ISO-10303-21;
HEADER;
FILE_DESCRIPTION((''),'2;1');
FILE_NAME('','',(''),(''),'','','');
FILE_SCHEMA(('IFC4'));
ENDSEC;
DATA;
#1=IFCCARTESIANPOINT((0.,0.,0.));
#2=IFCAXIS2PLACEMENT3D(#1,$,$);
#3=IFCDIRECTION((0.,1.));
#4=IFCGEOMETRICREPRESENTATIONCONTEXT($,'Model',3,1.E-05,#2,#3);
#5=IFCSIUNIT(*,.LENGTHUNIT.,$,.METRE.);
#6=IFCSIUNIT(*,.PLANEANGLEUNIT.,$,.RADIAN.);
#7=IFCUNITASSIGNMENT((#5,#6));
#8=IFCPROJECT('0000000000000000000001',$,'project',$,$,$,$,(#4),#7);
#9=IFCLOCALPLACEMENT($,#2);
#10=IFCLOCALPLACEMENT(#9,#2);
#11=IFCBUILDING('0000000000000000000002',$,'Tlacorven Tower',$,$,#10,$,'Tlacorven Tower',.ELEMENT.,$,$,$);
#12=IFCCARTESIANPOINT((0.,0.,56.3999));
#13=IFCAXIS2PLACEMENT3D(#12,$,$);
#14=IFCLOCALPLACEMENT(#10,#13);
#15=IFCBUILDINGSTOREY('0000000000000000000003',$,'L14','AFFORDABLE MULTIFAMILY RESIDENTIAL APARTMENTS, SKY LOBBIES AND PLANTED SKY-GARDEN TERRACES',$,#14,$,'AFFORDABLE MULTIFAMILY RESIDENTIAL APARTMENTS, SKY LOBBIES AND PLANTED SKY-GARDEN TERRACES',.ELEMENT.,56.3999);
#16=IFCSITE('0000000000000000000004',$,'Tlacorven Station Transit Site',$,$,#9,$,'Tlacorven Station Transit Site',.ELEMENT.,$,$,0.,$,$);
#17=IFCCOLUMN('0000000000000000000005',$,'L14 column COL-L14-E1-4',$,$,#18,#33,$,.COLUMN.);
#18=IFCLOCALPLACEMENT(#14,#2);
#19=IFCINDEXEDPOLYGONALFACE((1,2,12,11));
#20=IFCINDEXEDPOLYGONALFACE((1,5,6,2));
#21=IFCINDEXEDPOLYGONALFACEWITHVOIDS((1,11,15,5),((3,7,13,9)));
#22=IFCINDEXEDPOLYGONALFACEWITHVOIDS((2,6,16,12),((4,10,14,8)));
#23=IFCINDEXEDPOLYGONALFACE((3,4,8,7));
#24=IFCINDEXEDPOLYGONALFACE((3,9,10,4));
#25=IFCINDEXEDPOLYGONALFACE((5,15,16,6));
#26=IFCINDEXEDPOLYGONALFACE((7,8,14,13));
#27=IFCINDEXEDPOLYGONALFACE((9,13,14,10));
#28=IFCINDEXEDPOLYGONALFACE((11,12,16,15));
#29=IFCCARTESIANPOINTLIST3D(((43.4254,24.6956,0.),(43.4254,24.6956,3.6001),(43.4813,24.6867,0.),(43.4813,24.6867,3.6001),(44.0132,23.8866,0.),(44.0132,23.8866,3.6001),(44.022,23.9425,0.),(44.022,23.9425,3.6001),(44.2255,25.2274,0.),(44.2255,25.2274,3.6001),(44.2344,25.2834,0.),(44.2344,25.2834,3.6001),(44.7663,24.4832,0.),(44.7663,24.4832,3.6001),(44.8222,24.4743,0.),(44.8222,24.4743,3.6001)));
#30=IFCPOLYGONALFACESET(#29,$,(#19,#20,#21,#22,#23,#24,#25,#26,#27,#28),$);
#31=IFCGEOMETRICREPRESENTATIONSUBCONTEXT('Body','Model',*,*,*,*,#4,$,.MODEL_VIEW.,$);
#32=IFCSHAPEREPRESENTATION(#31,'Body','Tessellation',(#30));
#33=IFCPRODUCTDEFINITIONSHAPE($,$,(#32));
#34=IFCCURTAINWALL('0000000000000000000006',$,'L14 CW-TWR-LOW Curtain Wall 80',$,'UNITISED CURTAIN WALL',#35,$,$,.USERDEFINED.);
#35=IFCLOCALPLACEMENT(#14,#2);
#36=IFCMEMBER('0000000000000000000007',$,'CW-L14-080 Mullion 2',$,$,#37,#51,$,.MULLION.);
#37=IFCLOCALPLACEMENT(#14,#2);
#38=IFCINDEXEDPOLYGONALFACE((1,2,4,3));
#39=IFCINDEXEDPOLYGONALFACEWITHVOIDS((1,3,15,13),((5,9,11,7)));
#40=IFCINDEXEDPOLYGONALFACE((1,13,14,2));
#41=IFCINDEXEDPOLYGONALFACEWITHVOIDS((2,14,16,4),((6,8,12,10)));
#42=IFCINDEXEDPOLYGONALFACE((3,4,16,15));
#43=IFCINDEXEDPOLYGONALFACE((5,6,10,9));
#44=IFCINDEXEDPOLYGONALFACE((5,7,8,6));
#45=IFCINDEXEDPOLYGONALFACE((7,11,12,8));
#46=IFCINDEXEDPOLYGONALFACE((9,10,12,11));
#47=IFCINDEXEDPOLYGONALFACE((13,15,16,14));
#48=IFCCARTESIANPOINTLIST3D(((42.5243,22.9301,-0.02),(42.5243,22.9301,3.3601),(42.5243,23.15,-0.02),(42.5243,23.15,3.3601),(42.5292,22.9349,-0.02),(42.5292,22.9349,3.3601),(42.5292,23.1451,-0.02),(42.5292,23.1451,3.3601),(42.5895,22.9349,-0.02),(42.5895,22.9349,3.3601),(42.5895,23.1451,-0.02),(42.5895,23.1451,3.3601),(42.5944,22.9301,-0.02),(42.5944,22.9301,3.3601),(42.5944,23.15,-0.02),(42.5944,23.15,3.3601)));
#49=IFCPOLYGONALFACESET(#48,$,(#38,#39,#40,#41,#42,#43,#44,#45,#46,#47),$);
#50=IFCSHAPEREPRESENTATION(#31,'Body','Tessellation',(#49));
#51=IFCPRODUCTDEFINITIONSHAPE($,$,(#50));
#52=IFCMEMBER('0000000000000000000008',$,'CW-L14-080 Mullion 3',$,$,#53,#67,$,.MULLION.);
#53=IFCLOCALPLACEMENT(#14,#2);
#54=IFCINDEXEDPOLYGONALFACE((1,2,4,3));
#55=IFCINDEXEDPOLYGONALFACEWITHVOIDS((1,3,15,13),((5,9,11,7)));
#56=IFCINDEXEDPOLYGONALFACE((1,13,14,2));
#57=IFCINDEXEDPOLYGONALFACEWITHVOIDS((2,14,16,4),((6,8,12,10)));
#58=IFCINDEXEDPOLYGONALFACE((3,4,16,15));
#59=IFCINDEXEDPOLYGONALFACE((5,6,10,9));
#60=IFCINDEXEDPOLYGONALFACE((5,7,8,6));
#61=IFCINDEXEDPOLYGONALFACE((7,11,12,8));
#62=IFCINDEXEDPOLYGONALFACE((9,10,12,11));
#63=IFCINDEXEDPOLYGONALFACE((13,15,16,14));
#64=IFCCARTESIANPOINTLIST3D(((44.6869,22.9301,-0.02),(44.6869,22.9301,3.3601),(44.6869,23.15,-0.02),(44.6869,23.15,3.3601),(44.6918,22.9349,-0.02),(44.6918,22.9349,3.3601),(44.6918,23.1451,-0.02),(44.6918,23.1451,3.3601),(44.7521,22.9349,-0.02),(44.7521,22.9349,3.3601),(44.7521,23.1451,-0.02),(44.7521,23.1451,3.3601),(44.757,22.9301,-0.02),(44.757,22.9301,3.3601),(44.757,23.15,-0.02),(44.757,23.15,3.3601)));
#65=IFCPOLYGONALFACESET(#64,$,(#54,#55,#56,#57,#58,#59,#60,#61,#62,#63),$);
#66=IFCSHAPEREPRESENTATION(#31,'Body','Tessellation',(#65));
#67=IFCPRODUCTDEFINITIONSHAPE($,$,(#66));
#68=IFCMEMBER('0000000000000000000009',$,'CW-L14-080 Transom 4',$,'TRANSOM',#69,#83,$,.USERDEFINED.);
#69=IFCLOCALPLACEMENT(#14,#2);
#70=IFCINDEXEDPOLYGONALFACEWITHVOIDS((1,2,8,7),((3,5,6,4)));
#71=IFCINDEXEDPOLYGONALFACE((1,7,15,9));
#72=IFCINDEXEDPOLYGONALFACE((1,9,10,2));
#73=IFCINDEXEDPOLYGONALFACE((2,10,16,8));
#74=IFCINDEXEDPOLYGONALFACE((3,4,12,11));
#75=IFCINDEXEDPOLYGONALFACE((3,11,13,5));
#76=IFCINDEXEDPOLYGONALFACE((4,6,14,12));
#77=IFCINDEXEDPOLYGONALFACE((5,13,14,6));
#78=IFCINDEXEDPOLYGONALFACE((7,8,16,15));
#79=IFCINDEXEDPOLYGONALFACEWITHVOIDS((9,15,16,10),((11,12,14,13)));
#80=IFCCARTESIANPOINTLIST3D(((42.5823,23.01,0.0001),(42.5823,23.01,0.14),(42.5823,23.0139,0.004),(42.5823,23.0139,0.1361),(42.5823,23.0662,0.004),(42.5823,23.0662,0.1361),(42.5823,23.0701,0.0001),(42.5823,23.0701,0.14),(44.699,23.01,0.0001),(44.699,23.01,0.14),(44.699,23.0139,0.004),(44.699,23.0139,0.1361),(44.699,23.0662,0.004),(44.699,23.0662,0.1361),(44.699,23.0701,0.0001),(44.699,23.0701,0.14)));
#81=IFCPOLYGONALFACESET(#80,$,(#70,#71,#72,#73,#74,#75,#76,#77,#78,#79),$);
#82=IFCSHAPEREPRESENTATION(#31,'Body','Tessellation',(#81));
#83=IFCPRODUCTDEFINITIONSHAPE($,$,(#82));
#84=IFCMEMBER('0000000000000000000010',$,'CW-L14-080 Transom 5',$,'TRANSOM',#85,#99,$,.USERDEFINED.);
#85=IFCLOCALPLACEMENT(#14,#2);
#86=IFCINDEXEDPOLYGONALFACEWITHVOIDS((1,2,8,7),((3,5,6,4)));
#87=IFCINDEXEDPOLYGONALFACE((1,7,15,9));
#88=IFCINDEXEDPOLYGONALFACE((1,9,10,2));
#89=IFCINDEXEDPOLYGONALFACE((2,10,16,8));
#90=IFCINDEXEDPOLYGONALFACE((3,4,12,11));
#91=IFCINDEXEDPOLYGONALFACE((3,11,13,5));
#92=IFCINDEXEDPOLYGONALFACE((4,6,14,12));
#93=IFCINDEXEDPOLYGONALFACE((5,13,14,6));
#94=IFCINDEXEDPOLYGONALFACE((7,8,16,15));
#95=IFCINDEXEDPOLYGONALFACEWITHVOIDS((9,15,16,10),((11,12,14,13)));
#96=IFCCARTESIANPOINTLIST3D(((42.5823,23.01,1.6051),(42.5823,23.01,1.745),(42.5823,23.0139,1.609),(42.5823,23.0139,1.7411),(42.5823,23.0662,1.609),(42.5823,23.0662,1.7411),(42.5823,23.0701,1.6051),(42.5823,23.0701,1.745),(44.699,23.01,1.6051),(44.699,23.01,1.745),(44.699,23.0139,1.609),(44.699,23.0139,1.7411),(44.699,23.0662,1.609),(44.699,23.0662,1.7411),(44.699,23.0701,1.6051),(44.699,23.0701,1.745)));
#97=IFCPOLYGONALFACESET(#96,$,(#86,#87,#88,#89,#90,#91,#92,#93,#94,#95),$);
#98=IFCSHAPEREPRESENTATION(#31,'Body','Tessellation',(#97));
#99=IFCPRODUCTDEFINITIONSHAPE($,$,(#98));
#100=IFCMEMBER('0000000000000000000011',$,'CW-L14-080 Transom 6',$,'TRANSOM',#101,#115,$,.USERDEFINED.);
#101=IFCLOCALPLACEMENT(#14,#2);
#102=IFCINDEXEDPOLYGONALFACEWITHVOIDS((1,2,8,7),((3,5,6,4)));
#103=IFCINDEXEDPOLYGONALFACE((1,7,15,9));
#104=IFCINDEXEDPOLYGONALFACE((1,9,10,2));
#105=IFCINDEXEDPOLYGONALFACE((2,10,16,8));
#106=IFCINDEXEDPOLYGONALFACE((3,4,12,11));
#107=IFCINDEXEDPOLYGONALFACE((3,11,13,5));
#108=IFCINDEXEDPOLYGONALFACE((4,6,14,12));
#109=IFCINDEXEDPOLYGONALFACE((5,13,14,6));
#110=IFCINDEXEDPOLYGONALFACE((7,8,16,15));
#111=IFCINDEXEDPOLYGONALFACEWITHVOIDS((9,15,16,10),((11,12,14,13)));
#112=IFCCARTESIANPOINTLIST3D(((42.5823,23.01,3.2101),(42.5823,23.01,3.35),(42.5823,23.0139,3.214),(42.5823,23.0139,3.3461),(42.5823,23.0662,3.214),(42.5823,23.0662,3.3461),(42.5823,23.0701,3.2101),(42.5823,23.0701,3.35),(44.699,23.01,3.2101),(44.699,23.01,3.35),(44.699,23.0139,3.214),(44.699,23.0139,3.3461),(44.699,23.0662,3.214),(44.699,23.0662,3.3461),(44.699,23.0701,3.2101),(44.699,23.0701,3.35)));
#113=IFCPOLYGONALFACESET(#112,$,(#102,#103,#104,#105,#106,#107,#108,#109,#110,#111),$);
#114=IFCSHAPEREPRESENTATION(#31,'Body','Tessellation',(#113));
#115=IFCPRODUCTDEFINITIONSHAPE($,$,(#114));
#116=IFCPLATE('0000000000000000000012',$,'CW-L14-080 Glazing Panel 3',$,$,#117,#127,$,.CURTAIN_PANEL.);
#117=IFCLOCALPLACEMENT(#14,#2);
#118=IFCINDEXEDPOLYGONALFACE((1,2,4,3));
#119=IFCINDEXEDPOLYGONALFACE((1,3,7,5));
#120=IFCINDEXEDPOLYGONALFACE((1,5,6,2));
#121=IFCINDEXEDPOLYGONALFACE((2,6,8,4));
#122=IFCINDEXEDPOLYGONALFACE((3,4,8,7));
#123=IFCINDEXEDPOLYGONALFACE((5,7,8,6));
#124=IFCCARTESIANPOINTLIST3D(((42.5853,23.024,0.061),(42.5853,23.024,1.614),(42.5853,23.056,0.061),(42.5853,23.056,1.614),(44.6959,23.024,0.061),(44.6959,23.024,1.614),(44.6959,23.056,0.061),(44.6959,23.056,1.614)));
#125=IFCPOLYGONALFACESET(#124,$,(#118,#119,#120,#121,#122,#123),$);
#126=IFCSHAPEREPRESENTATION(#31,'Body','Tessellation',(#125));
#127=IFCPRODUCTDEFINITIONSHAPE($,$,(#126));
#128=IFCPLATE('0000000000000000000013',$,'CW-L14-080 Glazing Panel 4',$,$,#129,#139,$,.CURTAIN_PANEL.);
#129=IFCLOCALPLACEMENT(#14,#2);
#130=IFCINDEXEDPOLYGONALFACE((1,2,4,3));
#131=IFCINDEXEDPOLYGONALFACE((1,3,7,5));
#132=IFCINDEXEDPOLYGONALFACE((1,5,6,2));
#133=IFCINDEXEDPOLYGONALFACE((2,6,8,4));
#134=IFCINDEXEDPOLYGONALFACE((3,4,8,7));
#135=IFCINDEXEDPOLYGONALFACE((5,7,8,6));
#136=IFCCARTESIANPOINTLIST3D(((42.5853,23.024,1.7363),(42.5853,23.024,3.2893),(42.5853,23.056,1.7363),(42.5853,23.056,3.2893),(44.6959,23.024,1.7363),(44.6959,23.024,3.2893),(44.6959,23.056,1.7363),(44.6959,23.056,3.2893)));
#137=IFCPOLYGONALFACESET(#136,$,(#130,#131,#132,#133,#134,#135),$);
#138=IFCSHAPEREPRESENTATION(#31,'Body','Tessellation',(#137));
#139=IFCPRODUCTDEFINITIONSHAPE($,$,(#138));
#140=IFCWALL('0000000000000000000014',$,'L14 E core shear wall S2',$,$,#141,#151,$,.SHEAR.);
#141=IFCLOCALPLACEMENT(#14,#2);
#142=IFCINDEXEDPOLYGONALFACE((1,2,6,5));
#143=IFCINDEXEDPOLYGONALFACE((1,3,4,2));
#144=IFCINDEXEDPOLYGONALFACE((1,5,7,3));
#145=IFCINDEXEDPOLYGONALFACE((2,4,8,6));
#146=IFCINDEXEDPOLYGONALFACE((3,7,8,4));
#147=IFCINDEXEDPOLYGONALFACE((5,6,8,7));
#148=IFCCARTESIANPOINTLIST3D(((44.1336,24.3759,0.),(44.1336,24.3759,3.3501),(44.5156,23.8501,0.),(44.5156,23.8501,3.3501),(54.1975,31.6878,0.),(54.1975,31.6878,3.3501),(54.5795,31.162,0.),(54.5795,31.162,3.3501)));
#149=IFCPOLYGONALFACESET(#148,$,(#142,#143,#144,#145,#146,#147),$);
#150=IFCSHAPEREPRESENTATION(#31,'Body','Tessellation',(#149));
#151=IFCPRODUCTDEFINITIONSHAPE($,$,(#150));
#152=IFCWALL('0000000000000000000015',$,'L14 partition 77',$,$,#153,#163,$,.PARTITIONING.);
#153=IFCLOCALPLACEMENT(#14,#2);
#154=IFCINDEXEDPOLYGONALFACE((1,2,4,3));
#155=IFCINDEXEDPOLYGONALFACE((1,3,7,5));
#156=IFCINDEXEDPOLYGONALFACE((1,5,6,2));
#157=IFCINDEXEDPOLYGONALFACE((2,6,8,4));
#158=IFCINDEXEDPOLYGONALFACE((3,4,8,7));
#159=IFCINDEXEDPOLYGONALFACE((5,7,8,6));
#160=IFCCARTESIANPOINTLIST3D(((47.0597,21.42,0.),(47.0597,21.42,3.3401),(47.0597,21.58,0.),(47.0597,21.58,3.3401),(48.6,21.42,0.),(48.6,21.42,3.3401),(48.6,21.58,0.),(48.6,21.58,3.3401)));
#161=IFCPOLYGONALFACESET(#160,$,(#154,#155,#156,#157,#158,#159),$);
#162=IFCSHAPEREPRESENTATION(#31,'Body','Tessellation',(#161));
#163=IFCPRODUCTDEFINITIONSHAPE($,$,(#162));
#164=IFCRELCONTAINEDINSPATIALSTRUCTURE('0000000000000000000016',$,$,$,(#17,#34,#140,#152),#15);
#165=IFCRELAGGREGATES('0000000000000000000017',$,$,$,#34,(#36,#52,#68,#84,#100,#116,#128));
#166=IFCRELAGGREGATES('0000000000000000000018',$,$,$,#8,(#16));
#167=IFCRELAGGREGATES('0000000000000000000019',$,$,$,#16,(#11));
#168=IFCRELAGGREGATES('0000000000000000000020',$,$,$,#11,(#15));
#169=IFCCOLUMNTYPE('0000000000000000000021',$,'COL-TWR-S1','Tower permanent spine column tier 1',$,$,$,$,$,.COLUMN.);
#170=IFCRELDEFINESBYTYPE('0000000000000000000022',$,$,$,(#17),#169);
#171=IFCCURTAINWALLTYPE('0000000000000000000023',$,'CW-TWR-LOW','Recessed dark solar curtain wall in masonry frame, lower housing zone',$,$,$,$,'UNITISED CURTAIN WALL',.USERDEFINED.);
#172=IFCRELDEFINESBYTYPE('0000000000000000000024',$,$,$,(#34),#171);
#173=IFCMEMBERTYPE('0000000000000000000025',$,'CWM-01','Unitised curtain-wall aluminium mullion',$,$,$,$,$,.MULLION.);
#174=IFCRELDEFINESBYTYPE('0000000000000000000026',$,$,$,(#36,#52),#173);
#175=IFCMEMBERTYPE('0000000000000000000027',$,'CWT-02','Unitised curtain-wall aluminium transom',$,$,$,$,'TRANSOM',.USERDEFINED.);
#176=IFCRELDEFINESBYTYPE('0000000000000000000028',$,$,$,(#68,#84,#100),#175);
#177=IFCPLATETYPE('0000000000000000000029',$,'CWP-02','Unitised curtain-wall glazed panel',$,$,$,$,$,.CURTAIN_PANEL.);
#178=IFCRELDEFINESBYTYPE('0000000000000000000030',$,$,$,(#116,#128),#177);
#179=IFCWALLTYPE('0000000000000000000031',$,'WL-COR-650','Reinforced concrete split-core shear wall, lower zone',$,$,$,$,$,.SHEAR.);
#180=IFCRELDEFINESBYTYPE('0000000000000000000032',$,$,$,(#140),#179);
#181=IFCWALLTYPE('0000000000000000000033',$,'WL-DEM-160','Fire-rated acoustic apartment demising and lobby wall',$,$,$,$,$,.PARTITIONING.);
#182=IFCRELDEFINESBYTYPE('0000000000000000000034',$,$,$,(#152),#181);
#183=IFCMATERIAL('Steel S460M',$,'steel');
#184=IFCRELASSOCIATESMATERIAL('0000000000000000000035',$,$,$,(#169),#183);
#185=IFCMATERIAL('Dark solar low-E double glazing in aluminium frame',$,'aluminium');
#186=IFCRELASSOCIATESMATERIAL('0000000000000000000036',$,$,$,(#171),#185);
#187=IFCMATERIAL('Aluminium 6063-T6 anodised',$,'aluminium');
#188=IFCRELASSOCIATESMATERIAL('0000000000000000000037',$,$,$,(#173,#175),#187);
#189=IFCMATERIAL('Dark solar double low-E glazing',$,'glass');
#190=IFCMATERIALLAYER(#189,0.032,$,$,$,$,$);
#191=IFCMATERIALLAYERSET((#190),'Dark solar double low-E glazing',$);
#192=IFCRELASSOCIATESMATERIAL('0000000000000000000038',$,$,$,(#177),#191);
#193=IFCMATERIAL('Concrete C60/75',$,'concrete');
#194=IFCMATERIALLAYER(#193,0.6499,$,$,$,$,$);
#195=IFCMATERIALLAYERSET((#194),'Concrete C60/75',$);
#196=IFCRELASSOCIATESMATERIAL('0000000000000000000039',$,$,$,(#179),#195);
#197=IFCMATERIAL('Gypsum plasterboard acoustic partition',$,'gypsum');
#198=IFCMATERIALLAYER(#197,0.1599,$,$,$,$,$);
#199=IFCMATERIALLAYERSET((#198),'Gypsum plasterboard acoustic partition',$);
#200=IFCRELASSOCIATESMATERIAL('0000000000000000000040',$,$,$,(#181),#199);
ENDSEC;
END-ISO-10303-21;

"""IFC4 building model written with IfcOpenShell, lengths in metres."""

from ifc_helpers import new_model, si_unit, direction, frame, frame_2d, origin, origin_2d, place, context, subcontext, project, spatial, rectangle, hollow_rectangle, extrude, source, transform, mapped, material, layer, layer_set, material_profile, profile_set, type_object, element, aggregate, save


model = new_model("IFC4")

# Units and contexts
model_context = context("Model", 3, precision=1e-05, world=origin(), true_north=direction((0.0, 1.0)))
body_context = subcontext(model_context, "Body", "Model", "MODEL_VIEW")
ifc_project = project(units=[si_unit("LENGTHUNIT", "METRE"), si_unit("PLANEANGLEUNIT", "RADIAN")], contexts=[model_context])

# Site, building, storey
site_placement = place(None, origin())
site = spatial("IfcSite", under=ifc_project, at=site_placement, Name="Tlacorven Station Transit Site", LongName="Tlacorven Station Transit Site", CompositionType="ELEMENT", RefElevation=0.0)
building_placement = place(site_placement, origin())
building = spatial("IfcBuilding", under=site, at=building_placement, Name="Tlacorven Tower", LongName="Tlacorven Tower", CompositionType="ELEMENT")
storey_placement = place(building_placement, frame((0.0, 0.0, 56.3999)))
storey = spatial("IfcBuildingStorey", under=building, at=storey_placement, Name="L14", Description="AFFORDABLE MULTIFAMILY RESIDENTIAL APARTMENTS, SKY LOBBIES AND PLANTED SKY-GARDEN TERRACES", LongName="AFFORDABLE MULTIFAMILY RESIDENTIAL APARTMENTS, SKY LOBBIES AND PLANTED SKY-GARDEN TERRACES", CompositionType="ELEMENT", Elevation=56.3999)

# Column
ifc_material_1 = material(Name="Steel S460M", Category="steel")
ifc_material_profile_1 = material_profile(ifc_material_1, hollow_rectangle(XDim=1.0, YDim=1.0, WallThickness=0.04, at=origin_2d()), Name="BOX 1000X1000X40")
ifc_profile_set_1 = profile_set([ifc_material_profile_1], Name="Steel S460M")
column_type = type_object("IfcColumnType", Name="COL-TWR-S1", Description="Tower permanent spine column tier 1", PredefinedType="COLUMN", material=ifc_profile_set_1)
shared_shape_1 = source(origin(), body_context, "Body", "SweptSolid", [
    extrude(hollow_rectangle(XDim=1.0, YDim=1.0, WallThickness=0.04, at=origin_2d()), origin(), (0.0, 0.0, 1.0), 3.6001),
])
column_placement = place(storey_placement, frame((44.1238, 24.585, 0.0), z_axis=(0.0, 0.0, 1.0), x_axis=(0.809017, 0.587785, 0.0)))
element("IfcColumn", 1, at=column_placement, inside=storey, type_object=column_type, Name="L14 column COL-L14-E1-4", PredefinedType="COLUMN", context=body_context, shape_type="MappedRepresentation", body=[
    mapped(shared_shape_1, transform((0.0, 0.0, 0.0), scale=1.0)),
])

# Curtain wall, members, plates
ifc_material_2 = material(Name="Dark solar low-E double glazing in aluminium frame", Category="aluminium")
curtain_wall_type = type_object("IfcCurtainWallType", Name="CW-TWR-LOW", Description="Recessed dark solar curtain wall in masonry frame, lower housing zone", ElementType="UNITISED CURTAIN WALL", PredefinedType="USERDEFINED", material=ifc_material_2)
curtain_wall_placement = place(storey_placement, origin())
curtain_wall = element("IfcCurtainWall", 2, at=curtain_wall_placement, inside=storey, type_object=curtain_wall_type, Name="L14 CW-TWR-LOW Curtain Wall 80", ObjectType="UNITISED CURTAIN WALL", PredefinedType="USERDEFINED")
ifc_material_3 = material(Name="Aluminium 6063-T6 anodised", Category="aluminium")
ifc_material_profile_2 = material_profile(ifc_material_3, hollow_rectangle(XDim=0.0701, YDim=0.22, WallThickness=0.0049, at=origin_2d()), Name="ALU MULLION 70X220")
ifc_profile_set_2 = profile_set([ifc_material_profile_2], Name="Aluminium 6063-T6 anodised")
member_type_1 = type_object("IfcMemberType", Name="CWM-01", Description="Unitised curtain-wall aluminium mullion", PredefinedType="MULLION", material=ifc_profile_set_2)
shared_shape_2 = source(origin(), body_context, "Body", "SweptSolid", [
    extrude(hollow_rectangle(XDim=0.0701, YDim=0.22, WallThickness=0.0049, at=origin_2d()), origin(), (0.0, 0.0, 1.0), 3.3801),
])
member_1_placement = place(storey_placement, frame((42.5593, 23.04, -0.02), z_axis=(0.0, 0.0, 1.0), x_axis=(1.0, 0.0, 0.0)))
member_1 = element("IfcMember", 3, at=member_1_placement, type_object=member_type_1, Name="CW-L14-080 Mullion 2", PredefinedType="MULLION", context=body_context, shape_type="MappedRepresentation", body=[
    mapped(shared_shape_2, transform((0.0, 0.0, 0.0), scale=1.0)),
])
member_2_placement = place(storey_placement, frame((44.7219, 23.04, -0.02), z_axis=(0.0, 0.0, 1.0), x_axis=(1.0, 0.0, 0.0)))
member_2 = element("IfcMember", 4, at=member_2_placement, type_object=member_type_1, Name="CW-L14-080 Mullion 3", PredefinedType="MULLION", context=body_context, shape_type="MappedRepresentation", body=[
    mapped(shared_shape_2, transform((0.0, 0.0, 0.0), scale=1.0)),
])
ifc_material_profile_3 = material_profile(ifc_material_3, hollow_rectangle(XDim=0.0601, YDim=0.1399, WallThickness=0.0039, at=origin_2d()), Name="ALU TRANSOM 60X140")
ifc_profile_set_3 = profile_set([ifc_material_profile_3], Name="Aluminium 6063-T6 anodised")
member_type_2 = type_object("IfcMemberType", Name="CWT-02", Description="Unitised curtain-wall aluminium transom", ElementType="TRANSOM", PredefinedType="USERDEFINED", material=ifc_profile_set_3)
shared_shape_3 = source(origin(), body_context, "Body", "SweptSolid", [
    extrude(hollow_rectangle(XDim=0.0601, YDim=0.1399, WallThickness=0.0039, at=origin_2d()), origin(), (0.0, 0.0, 1.0), 2.1167),
])
member_3_placement = place(storey_placement, frame((42.5823, 23.04, 0.0701), z_axis=(1.0, 0.0, 0.0), x_axis=(0.0, 1.0, 0.0)))
member_3 = element("IfcMember", 5, at=member_3_placement, type_object=member_type_2, Name="CW-L14-080 Transom 4", ObjectType="TRANSOM", PredefinedType="USERDEFINED", context=body_context, shape_type="MappedRepresentation", body=[
    mapped(shared_shape_3, transform((0.0, 0.0, 0.0), scale=1.0)),
])
member_4_placement = place(storey_placement, frame((42.5823, 23.04, 1.675), z_axis=(1.0, 0.0, 0.0), x_axis=(0.0, 1.0, 0.0)))
member_4 = element("IfcMember", 6, at=member_4_placement, type_object=member_type_2, Name="CW-L14-080 Transom 5", ObjectType="TRANSOM", PredefinedType="USERDEFINED", context=body_context, shape_type="MappedRepresentation", body=[
    mapped(shared_shape_3, transform((0.0, 0.0, 0.0), scale=1.0)),
])
member_5_placement = place(storey_placement, frame((42.5823, 23.04, 3.28), z_axis=(1.0, 0.0, 0.0), x_axis=(0.0, 1.0, 0.0)))
member_5 = element("IfcMember", 7, at=member_5_placement, type_object=member_type_2, Name="CW-L14-080 Transom 6", ObjectType="TRANSOM", PredefinedType="USERDEFINED", context=body_context, shape_type="MappedRepresentation", body=[
    mapped(shared_shape_3, transform((0.0, 0.0, 0.0), scale=1.0)),
])
ifc_material_4 = material(Name="Dark solar double low-E glazing", Category="glass")
ifc_layer_1 = layer(ifc_material_4, 0.032)
ifc_layer_set_1 = layer_set([ifc_layer_1], Name="Dark solar double low-E glazing")
plate_type = type_object("IfcPlateType", Name="CWP-02", Description="Unitised curtain-wall glazed panel", PredefinedType="CURTAIN_PANEL", material=ifc_layer_set_1)
shared_shape_4 = source(origin(), body_context, "Body", "SweptSolid", [
    extrude(rectangle(XDim=2.1106, YDim=0.032, at=origin_2d()), origin(), (0.0, 0.0, 1.0), 1.553),
])
plate_1_placement = place(storey_placement, frame((43.6406, 23.04, 0.061), z_axis=(0.0, 0.0, 1.0), x_axis=(1.0, 0.0, 0.0)))
plate_1 = element("IfcPlate", 8, at=plate_1_placement, type_object=plate_type, Name="CW-L14-080 Glazing Panel 3", PredefinedType="CURTAIN_PANEL", context=body_context, shape_type="MappedRepresentation", body=[
    mapped(shared_shape_4, transform((0.0, 0.0, 0.0), scale=1.0)),
])
plate_2_placement = place(storey_placement, frame((43.6406, 23.04, 1.7363), z_axis=(0.0, 0.0, 1.0), x_axis=(1.0, 0.0, 0.0)))
plate_2 = element("IfcPlate", 9, at=plate_2_placement, type_object=plate_type, Name="CW-L14-080 Glazing Panel 4", PredefinedType="CURTAIN_PANEL", context=body_context, shape_type="MappedRepresentation", body=[
    mapped(shared_shape_4, transform((0.0, 0.0, 0.0), scale=1.0)),
])
aggregate(curtain_wall, [member_1, member_2, member_3, member_4, member_5, plate_1, plate_2])

# Walls
ifc_material_5 = material(Name="Concrete C60/75", Category="concrete")
ifc_layer_2 = layer(ifc_material_5, 0.6499)
ifc_layer_set_2 = layer_set([ifc_layer_2], Name="Concrete C60/75")
wall_type_1 = type_object("IfcWallType", Name="WL-COR-650", Description="Reinforced concrete split-core shear wall, lower zone", PredefinedType="SHEAR", material=ifc_layer_set_2)
wall_1_placement = place(storey_placement, frame((44.3247, 24.113, 0.0), z_axis=(0.0, 0.0, 1.0), x_axis=(0.809013, 0.587791, 0.0)))
element("IfcWall", 10, at=wall_1_placement, inside=storey, type_object=wall_type_1, Name="L14 E core shear wall S2", PredefinedType="SHEAR", context=body_context, shape_type="SweptSolid", body=[
    extrude(rectangle(XDim=12.4397, YDim=0.6499, at=frame_2d((6.2197, 0.0))), origin(), (0.0, 0.0, 1.0), 3.3501),
])
ifc_material_6 = material(Name="Gypsum plasterboard acoustic partition", Category="gypsum")
ifc_layer_3 = layer(ifc_material_6, 0.1599)
ifc_layer_set_3 = layer_set([ifc_layer_3], Name="Gypsum plasterboard acoustic partition")
wall_type_2 = type_object("IfcWallType", Name="WL-DEM-160", Description="Fire-rated acoustic apartment demising and lobby wall", PredefinedType="PARTITIONING", material=ifc_layer_set_3)
wall_2_placement = place(storey_placement, frame((47.0598, 21.5, 0.0), z_axis=(0.0, 0.0, 1.0), x_axis=(1.0, 0.0, 0.0)))
element("IfcWall", 11, at=wall_2_placement, inside=storey, type_object=wall_type_2, Name="L14 partition 77", PredefinedType="PARTITIONING", context=body_context, shape_type="SweptSolid", body=[
    extrude(rectangle(XDim=1.5403, YDim=0.1599, at=frame_2d((0.77, 0.0))), origin(), (0.0, 0.0, 1.0), 3.3401),
])

save(model, "model.ifc")
